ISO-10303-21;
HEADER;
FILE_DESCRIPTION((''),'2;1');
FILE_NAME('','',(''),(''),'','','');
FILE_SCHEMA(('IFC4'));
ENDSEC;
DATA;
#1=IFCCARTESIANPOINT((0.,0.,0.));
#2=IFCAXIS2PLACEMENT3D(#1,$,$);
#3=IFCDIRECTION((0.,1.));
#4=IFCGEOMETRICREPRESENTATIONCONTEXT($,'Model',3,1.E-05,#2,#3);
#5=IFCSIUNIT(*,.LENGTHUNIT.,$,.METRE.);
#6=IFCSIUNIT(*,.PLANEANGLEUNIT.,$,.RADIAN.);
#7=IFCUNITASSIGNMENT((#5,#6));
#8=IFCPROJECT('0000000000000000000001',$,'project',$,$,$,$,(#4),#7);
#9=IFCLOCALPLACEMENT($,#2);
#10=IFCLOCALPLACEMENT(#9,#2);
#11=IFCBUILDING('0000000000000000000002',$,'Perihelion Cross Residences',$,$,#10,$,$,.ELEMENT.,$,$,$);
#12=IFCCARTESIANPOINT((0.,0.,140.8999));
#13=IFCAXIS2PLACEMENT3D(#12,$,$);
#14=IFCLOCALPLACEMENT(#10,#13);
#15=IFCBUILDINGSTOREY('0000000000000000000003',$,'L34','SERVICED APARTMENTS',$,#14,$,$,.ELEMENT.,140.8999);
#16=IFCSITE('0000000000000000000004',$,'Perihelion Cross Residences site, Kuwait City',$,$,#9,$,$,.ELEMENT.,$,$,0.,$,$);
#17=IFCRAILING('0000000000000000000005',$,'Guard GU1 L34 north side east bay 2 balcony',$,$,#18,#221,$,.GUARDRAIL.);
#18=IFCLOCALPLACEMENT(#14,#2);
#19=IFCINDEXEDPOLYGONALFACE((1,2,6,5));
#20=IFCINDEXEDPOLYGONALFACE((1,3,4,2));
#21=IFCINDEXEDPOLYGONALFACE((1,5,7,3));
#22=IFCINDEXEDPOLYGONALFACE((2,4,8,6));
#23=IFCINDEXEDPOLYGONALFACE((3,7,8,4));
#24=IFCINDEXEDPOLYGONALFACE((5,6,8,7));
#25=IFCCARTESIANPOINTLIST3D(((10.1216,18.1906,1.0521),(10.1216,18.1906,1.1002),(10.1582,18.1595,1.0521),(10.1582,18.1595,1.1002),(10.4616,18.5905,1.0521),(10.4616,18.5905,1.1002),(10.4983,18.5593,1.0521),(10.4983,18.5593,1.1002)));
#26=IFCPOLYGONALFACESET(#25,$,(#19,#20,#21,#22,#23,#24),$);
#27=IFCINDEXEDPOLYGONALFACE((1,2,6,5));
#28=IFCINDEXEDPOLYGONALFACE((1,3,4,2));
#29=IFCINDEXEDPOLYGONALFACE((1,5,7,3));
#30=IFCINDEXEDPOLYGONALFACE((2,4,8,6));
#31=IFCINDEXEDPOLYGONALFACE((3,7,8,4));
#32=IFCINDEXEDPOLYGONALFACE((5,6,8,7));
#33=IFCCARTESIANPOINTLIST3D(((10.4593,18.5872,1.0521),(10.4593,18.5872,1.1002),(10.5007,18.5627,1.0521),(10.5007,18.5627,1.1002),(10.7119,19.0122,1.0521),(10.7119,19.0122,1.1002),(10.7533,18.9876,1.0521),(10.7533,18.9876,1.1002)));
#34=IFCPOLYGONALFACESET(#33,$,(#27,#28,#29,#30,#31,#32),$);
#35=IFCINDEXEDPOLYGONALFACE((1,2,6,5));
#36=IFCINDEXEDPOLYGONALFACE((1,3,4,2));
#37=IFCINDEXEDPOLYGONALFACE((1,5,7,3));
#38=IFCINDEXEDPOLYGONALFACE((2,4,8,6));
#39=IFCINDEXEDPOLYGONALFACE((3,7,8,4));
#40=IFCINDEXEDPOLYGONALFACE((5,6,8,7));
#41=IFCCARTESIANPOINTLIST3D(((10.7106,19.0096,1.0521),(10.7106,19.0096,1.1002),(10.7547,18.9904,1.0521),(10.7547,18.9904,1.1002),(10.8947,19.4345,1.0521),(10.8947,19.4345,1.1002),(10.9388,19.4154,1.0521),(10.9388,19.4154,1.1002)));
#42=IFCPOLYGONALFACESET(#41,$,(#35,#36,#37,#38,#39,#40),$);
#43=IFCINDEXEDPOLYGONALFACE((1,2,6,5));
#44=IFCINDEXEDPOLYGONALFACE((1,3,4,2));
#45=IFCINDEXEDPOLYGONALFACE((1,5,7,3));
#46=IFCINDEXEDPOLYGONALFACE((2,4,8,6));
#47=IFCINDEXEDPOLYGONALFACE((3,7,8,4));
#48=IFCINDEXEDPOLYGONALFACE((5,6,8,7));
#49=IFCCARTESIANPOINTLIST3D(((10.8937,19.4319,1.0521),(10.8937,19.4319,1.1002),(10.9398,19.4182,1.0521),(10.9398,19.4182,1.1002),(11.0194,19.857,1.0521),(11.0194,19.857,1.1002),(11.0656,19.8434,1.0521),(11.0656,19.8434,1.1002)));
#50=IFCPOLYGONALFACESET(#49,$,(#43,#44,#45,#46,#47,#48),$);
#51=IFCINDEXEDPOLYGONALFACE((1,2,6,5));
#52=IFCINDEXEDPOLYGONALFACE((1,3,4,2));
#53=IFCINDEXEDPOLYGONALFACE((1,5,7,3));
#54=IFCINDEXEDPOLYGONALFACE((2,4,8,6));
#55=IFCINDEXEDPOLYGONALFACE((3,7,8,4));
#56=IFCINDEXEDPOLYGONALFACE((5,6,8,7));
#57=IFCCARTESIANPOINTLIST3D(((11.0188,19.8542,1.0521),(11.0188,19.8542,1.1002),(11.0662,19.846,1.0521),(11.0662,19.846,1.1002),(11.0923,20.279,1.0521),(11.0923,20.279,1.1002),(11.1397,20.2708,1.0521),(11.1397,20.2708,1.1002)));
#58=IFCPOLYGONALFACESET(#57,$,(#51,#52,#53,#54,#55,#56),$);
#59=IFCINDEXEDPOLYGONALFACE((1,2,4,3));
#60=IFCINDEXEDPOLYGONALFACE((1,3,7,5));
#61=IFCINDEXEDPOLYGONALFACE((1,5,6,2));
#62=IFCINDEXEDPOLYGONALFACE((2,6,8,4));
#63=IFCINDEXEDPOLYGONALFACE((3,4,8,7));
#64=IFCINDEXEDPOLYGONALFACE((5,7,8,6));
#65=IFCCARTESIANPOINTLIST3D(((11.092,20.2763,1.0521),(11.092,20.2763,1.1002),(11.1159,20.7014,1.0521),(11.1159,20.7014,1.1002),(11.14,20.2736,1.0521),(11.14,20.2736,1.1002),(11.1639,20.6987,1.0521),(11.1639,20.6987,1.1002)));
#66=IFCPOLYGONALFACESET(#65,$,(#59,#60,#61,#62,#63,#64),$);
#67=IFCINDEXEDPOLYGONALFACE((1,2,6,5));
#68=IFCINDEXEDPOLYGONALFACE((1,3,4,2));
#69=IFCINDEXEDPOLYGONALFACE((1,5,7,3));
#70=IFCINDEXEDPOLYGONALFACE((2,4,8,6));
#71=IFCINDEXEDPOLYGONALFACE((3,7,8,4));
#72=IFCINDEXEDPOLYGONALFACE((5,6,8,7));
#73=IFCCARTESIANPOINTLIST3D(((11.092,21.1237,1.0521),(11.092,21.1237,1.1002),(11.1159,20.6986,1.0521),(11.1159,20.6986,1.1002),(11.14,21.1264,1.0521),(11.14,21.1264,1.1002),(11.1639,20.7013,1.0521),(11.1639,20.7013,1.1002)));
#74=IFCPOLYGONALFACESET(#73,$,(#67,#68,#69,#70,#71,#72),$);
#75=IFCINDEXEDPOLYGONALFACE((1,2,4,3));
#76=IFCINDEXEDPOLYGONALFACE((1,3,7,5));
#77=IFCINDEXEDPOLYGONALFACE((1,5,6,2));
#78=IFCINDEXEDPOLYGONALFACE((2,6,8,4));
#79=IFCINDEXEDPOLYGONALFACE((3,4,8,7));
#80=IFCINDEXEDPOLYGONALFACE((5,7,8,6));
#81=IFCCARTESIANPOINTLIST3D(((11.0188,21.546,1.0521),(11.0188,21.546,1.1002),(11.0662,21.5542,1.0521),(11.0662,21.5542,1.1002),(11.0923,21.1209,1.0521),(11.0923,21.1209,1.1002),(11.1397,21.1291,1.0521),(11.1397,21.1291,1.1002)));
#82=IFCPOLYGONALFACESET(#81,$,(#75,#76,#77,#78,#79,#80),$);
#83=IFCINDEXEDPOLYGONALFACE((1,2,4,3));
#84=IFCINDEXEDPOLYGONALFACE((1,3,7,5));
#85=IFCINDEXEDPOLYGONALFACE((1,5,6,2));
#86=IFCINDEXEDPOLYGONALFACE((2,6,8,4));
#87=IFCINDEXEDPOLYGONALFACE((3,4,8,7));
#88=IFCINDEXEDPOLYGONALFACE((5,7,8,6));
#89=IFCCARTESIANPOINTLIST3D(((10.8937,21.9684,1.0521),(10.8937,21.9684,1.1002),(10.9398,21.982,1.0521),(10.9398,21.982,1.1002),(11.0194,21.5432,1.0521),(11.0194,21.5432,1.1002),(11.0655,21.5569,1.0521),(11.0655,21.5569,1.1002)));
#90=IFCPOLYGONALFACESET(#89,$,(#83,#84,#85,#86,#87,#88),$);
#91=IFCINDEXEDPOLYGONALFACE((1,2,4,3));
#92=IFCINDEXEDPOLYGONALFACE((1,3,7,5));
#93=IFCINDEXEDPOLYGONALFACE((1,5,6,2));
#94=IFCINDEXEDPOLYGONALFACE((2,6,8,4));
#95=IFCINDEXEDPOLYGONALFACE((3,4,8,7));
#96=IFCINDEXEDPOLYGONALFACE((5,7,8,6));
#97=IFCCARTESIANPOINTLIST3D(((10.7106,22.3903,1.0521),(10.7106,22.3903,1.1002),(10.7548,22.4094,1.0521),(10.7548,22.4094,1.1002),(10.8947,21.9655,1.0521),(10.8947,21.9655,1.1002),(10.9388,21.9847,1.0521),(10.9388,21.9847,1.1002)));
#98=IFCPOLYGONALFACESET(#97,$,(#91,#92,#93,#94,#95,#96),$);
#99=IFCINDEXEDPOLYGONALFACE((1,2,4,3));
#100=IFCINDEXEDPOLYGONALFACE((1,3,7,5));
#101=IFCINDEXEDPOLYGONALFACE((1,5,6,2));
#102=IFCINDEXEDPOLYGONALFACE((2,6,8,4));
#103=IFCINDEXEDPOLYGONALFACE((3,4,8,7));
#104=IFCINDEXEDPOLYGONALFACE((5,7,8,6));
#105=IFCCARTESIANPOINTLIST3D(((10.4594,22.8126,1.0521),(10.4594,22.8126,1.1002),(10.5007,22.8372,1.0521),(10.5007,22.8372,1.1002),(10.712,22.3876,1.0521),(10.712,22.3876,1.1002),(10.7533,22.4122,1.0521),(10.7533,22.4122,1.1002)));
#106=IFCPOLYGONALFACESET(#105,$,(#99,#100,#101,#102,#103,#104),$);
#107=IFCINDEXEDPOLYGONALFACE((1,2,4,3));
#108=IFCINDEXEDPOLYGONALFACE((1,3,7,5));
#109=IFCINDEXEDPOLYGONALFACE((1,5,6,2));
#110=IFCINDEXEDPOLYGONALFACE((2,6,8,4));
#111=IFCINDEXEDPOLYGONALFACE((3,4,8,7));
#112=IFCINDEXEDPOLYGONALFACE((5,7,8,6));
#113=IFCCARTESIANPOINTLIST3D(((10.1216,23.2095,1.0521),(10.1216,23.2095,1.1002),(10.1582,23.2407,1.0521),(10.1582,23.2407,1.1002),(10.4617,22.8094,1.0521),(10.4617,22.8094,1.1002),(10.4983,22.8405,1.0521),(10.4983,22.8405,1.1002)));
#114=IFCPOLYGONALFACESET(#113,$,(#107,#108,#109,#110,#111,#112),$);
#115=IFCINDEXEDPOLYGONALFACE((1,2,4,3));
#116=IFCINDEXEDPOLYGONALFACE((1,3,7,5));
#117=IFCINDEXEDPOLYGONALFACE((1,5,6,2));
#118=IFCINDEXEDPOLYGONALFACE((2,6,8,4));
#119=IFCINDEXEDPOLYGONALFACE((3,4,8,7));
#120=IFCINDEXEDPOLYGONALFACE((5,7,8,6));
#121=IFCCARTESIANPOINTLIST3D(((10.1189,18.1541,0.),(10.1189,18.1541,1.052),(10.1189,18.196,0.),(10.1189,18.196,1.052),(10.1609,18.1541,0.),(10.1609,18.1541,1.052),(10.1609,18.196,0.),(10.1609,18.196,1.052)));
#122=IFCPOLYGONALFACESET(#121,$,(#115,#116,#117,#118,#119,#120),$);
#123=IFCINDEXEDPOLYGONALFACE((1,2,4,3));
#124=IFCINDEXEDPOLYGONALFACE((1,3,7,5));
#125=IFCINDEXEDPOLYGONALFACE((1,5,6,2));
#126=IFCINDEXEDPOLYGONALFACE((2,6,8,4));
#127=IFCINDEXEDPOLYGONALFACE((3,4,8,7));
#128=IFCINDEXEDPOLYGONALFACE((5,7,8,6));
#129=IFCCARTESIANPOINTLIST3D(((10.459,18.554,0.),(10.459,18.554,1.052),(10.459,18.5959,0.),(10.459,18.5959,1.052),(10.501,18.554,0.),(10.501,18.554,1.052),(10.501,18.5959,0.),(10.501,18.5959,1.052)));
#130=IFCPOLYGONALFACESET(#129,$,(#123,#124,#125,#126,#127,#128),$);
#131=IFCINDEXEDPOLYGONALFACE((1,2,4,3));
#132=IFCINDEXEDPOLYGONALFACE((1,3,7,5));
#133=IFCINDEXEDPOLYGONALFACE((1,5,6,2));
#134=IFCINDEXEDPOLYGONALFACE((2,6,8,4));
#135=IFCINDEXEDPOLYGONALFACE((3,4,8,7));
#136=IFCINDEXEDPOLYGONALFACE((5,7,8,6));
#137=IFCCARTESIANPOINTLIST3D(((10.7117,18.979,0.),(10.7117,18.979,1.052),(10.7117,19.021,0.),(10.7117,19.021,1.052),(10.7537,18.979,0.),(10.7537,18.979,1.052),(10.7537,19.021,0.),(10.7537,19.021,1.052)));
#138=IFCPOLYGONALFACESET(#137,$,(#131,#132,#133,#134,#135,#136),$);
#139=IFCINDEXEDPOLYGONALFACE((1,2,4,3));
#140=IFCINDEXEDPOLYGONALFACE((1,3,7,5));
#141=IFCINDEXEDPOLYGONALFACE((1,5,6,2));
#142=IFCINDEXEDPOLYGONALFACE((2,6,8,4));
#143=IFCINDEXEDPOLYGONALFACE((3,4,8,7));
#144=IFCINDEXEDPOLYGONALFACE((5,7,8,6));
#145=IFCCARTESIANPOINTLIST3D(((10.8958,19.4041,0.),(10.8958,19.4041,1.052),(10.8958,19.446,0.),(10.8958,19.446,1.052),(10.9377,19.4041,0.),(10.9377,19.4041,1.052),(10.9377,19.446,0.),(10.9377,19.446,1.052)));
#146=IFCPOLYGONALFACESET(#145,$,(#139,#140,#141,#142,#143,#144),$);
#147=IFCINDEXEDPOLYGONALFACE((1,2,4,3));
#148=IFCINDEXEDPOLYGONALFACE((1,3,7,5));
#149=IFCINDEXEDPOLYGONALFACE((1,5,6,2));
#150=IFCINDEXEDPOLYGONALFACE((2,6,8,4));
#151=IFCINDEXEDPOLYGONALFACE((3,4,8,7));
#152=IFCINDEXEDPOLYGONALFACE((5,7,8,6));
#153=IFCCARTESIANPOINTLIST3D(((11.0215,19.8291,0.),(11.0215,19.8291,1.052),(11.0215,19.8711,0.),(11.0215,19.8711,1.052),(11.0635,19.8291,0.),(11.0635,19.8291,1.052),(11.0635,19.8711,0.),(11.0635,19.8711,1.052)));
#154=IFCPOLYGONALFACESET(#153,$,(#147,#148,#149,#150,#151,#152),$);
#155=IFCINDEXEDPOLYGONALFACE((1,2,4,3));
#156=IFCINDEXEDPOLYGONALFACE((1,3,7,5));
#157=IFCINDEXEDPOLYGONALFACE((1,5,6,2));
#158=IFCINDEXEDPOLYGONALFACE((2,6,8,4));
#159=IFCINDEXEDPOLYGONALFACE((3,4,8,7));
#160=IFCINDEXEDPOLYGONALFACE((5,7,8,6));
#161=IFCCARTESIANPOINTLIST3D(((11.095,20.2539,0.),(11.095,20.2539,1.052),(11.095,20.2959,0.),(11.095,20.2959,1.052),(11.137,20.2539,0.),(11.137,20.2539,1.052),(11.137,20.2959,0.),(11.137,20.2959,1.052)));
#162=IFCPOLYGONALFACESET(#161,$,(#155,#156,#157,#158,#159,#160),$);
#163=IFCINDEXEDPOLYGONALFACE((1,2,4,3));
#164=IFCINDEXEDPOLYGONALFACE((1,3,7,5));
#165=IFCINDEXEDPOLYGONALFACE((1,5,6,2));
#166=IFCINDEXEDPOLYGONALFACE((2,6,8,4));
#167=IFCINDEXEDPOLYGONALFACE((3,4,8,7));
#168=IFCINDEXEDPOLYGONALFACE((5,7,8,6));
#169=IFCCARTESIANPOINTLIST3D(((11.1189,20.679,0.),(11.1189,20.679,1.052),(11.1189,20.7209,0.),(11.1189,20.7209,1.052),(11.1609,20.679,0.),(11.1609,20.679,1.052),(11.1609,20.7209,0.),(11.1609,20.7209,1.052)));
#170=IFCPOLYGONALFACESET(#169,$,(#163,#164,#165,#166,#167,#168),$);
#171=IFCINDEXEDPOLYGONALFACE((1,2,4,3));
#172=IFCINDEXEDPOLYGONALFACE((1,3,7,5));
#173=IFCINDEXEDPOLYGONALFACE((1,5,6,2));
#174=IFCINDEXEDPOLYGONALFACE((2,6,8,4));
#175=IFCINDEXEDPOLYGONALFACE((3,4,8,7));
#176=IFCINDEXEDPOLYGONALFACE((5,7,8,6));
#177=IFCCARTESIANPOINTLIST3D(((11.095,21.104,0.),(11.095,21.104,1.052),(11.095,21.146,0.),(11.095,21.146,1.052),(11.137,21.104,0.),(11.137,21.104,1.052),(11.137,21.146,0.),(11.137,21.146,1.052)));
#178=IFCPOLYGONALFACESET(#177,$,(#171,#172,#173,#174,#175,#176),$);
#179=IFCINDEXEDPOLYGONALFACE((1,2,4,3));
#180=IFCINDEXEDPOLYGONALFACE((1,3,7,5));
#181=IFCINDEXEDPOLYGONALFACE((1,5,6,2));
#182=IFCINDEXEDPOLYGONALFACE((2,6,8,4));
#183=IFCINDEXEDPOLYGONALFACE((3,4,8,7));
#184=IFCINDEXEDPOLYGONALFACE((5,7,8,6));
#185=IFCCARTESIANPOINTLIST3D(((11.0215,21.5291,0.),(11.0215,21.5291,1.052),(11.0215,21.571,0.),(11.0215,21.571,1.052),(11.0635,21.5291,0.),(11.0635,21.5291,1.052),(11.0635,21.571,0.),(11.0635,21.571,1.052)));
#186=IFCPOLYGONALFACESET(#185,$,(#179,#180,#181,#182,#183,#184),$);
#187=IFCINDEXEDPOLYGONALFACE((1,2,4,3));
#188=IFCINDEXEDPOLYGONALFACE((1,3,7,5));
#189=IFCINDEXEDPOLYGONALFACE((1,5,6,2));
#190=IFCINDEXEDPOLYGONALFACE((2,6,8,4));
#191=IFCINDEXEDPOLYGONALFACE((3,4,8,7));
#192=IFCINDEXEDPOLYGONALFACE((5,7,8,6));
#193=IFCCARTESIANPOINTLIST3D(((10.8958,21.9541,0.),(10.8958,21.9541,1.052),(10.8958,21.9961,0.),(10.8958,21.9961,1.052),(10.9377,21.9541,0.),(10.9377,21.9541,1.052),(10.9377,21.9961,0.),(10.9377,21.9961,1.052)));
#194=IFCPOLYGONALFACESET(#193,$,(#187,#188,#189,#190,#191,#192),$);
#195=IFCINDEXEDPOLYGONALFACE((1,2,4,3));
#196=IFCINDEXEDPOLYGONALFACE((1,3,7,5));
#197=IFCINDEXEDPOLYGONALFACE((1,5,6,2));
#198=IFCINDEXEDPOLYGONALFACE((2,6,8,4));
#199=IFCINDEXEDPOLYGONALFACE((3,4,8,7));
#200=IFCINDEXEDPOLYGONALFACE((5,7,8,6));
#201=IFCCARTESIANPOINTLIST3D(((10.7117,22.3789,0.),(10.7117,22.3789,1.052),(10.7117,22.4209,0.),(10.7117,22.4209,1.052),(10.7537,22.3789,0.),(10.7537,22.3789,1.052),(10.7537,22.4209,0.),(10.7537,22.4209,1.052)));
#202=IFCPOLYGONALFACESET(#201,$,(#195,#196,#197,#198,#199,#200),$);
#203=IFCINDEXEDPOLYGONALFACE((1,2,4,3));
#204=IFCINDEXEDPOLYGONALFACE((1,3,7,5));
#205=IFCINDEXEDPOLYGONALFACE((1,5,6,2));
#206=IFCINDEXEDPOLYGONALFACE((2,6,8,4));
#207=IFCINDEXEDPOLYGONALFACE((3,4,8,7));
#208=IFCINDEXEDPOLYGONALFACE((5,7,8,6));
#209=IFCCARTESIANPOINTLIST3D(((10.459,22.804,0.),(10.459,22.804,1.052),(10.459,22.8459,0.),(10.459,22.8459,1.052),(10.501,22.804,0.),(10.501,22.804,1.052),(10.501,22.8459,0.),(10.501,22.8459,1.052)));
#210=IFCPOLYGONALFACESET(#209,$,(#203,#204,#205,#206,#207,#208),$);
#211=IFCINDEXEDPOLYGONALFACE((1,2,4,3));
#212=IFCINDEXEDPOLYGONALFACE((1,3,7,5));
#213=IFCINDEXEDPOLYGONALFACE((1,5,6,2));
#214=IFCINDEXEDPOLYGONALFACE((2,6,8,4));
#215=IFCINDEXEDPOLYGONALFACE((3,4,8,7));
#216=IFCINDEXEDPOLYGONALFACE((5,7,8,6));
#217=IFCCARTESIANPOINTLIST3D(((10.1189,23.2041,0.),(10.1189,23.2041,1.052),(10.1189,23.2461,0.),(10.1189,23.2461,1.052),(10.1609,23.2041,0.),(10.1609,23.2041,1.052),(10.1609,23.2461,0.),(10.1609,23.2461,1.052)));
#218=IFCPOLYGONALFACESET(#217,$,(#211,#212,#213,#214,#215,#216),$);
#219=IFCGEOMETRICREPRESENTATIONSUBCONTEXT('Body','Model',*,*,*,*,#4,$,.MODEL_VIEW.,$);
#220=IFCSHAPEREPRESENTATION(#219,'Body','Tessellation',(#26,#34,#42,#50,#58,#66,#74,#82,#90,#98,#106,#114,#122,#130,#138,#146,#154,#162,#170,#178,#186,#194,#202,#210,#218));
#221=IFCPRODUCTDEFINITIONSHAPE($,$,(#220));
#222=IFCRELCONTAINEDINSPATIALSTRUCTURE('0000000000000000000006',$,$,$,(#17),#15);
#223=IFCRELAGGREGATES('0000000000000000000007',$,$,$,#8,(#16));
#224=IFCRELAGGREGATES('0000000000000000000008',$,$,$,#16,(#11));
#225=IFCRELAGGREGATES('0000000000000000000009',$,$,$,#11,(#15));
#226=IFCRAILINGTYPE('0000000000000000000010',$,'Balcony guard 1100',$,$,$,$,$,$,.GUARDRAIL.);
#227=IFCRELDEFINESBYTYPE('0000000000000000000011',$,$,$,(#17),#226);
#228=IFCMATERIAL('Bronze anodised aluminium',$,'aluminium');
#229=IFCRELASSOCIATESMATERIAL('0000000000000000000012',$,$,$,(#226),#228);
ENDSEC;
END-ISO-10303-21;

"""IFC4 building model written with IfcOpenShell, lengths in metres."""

from ifc_helpers import new_model, si_unit, direction, frame, origin, origin_2d, place, context, subcontext, project, spatial, rectangle, extrude, material, type_object, element, save


model = new_model("IFC4")

# Units and contexts
model_context = context("Model", 3, precision=1e-05, world=origin(), true_north=direction((0.0, 1.0)))
body_context = subcontext(model_context, "Body", "Model", "MODEL_VIEW")
ifc_project = project(units=[si_unit("LENGTHUNIT", "METRE"), si_unit("PLANEANGLEUNIT", "RADIAN")], contexts=[model_context])

# Site, building, storey
site_placement = place(None, origin())
site = spatial("IfcSite", under=ifc_project, at=site_placement, Name="Perihelion Cross Residences site, Kuwait City", CompositionType="ELEMENT", RefElevation=0.0)
building_placement = place(site_placement, origin())
building = spatial("IfcBuilding", under=site, at=building_placement, Name="Perihelion Cross Residences", CompositionType="ELEMENT")
storey_placement = place(building_placement, frame((0.0, 0.0, 140.8999)))
storey = spatial("IfcBuildingStorey", under=building, at=storey_placement, Name="L34", Description="SERVICED APARTMENTS", CompositionType="ELEMENT", Elevation=140.8999)

# Railing
ifc_material_1 = material(Name="Bronze anodised aluminium", Category="aluminium")
railing_type = type_object("IfcRailingType", Name="Balcony guard 1100", PredefinedType="GUARDRAIL", material=ifc_material_1)
railing_1_placement = place(storey_placement, frame((10.1399, 18.175, 0.0)))
element("IfcRailing", 1, at=railing_1_placement, inside=storey, type_object=railing_type, Name="Guard GU1 L34 north side east bay 2 balcony", PredefinedType="GUARDRAIL", context=body_context, shape_type="SweptSolid", body=[
    extrude(rectangle(XDim=0.0481, YDim=0.0481, at=origin_2d()), frame((0.0, 0.0, 1.0762), z_axis=(0.647837, 0.761779, 0.0), x_axis=(-0.761779, 0.647837, 0.0)), (0.0, 0.0, 1.0), 0.5249),
    extrude(rectangle(XDim=0.0481, YDim=0.0481, at=origin_2d()), frame((0.3401, 0.3999, 1.0762), z_axis=(0.511006, 0.859577, 0.0), x_axis=(-0.859577, 0.511006, 0.0)), (0.0, 0.0, 1.0), 0.4944),
    extrude(rectangle(XDim=0.0481, YDim=0.0481, at=origin_2d()), frame((0.5928, 0.825, 1.0762), z_axis=(0.397415, 0.917639, 0.0), x_axis=(-0.917639, 0.397415, 0.0)), (0.0, 0.0, 1.0), 0.4631),
    extrude(rectangle(XDim=0.0481, YDim=0.0481, at=origin_2d()), frame((0.7769, 1.25, 1.0762), z_axis=(0.283657, 0.958926, 0.0), x_axis=(-0.958926, 0.283657, 0.0)), (0.0, 0.0, 1.0), 0.4434),
    extrude(rectangle(XDim=0.0481, YDim=0.0481, at=origin_2d()), frame((0.9026, 1.675, 1.0762), z_axis=(0.170457, 0.985365, 0.0), x_axis=(-0.985365, 0.170457, 0.0)), (0.0, 0.0, 1.0), 0.4312),
    extrude(rectangle(XDim=0.0481, YDim=0.0481, at=origin_2d()), frame((0.9761, 2.0999, 1.0762), z_axis=(0.056201, 0.99842, 0.0), x_axis=(-0.99842, 0.056201, 0.0)), (0.0, 0.0, 1.0), 0.4258),
    extrude(rectangle(XDim=0.0481, YDim=0.0481, at=origin_2d()), frame((1.0, 2.5249, 1.0762), z_axis=(-0.056201, 0.99842, 0.0), x_axis=(-0.99842, -0.056201, 0.0)), (0.0, 0.0, 1.0), 0.4258),
    extrude(rectangle(XDim=0.0481, YDim=0.0481, at=origin_2d()), frame((0.9761, 2.95, 1.0762), z_axis=(-0.170362, 0.985382, 0.0), x_axis=(-0.985382, -0.170362, 0.0)), (0.0, 0.0, 1.0), 0.4314),
    extrude(rectangle(XDim=0.0481, YDim=0.0481, at=origin_2d()), frame((0.9026, 3.375, 1.0762), z_axis=(-0.283657, 0.958926, 0.0), x_axis=(-0.958926, -0.283657, 0.0)), (0.0, 0.0, 1.0), 0.4434),
    extrude(rectangle(XDim=0.0481, YDim=0.0481, at=origin_2d()), frame((0.7769, 3.8, 1.0762), z_axis=(-0.397607, 0.917556, 0.0), x_axis=(-0.917556, -0.397607, 0.0)), (0.0, 0.0, 1.0), 0.4629),
    extrude(rectangle(XDim=0.0481, YDim=0.0481, at=origin_2d()), frame((0.5928, 4.2249, 1.0762), z_axis=(-0.511006, 0.859577, 0.0), x_axis=(-0.859577, -0.511006, 0.0)), (0.0, 0.0, 1.0), 0.4944),
    extrude(rectangle(XDim=0.0481, YDim=0.0481, at=origin_2d()), frame((0.3401, 4.6499, 1.0762), z_axis=(-0.647608, 0.761974, 0.0), x_axis=(-0.761974, -0.647608, 0.0)), (0.0, 0.0, 1.0), 0.5251),
    extrude(rectangle(XDim=0.042, YDim=0.042, at=origin_2d()), origin(), (0.0, 0.0, 1.0), 1.052),
    extrude(rectangle(XDim=0.042, YDim=0.042, at=origin_2d()), frame((0.3401, 0.3999, 0.0)), (0.0, 0.0, 1.0), 1.052),
    extrude(rectangle(XDim=0.042, YDim=0.042, at=origin_2d()), frame((0.5928, 0.825, 0.0)), (0.0, 0.0, 1.0), 1.052),
    extrude(rectangle(XDim=0.042, YDim=0.042, at=origin_2d()), frame((0.7769, 1.25, 0.0)), (0.0, 0.0, 1.0), 1.052),
    extrude(rectangle(XDim=0.042, YDim=0.042, at=origin_2d()), frame((0.9026, 1.675, 0.0)), (0.0, 0.0, 1.0), 1.052),
    extrude(rectangle(XDim=0.042, YDim=0.042, at=origin_2d()), frame((0.9761, 2.0999, 0.0)), (0.0, 0.0, 1.0), 1.052),
    extrude(rectangle(XDim=0.042, YDim=0.042, at=origin_2d()), frame((1.0, 2.5249, 0.0)), (0.0, 0.0, 1.0), 1.052),
    extrude(rectangle(XDim=0.042, YDim=0.042, at=origin_2d()), frame((0.9761, 2.95, 0.0)), (0.0, 0.0, 1.0), 1.052),
    extrude(rectangle(XDim=0.042, YDim=0.042, at=origin_2d()), frame((0.9026, 3.375, 0.0)), (0.0, 0.0, 1.0), 1.052),
    extrude(rectangle(XDim=0.042, YDim=0.042, at=origin_2d()), frame((0.7769, 3.8, 0.0)), (0.0, 0.0, 1.0), 1.052),
    extrude(rectangle(XDim=0.042, YDim=0.042, at=origin_2d()), frame((0.5928, 4.2249, 0.0)), (0.0, 0.0, 1.0), 1.052),
    extrude(rectangle(XDim=0.042, YDim=0.042, at=origin_2d()), frame((0.3401, 4.6499, 0.0)), (0.0, 0.0, 1.0), 1.052),
    extrude(rectangle(XDim=0.042, YDim=0.042, at=origin_2d()), frame((0.0, 5.05, 0.0)), (0.0, 0.0, 1.0), 1.052),
])

save(model, "model.ifc")
